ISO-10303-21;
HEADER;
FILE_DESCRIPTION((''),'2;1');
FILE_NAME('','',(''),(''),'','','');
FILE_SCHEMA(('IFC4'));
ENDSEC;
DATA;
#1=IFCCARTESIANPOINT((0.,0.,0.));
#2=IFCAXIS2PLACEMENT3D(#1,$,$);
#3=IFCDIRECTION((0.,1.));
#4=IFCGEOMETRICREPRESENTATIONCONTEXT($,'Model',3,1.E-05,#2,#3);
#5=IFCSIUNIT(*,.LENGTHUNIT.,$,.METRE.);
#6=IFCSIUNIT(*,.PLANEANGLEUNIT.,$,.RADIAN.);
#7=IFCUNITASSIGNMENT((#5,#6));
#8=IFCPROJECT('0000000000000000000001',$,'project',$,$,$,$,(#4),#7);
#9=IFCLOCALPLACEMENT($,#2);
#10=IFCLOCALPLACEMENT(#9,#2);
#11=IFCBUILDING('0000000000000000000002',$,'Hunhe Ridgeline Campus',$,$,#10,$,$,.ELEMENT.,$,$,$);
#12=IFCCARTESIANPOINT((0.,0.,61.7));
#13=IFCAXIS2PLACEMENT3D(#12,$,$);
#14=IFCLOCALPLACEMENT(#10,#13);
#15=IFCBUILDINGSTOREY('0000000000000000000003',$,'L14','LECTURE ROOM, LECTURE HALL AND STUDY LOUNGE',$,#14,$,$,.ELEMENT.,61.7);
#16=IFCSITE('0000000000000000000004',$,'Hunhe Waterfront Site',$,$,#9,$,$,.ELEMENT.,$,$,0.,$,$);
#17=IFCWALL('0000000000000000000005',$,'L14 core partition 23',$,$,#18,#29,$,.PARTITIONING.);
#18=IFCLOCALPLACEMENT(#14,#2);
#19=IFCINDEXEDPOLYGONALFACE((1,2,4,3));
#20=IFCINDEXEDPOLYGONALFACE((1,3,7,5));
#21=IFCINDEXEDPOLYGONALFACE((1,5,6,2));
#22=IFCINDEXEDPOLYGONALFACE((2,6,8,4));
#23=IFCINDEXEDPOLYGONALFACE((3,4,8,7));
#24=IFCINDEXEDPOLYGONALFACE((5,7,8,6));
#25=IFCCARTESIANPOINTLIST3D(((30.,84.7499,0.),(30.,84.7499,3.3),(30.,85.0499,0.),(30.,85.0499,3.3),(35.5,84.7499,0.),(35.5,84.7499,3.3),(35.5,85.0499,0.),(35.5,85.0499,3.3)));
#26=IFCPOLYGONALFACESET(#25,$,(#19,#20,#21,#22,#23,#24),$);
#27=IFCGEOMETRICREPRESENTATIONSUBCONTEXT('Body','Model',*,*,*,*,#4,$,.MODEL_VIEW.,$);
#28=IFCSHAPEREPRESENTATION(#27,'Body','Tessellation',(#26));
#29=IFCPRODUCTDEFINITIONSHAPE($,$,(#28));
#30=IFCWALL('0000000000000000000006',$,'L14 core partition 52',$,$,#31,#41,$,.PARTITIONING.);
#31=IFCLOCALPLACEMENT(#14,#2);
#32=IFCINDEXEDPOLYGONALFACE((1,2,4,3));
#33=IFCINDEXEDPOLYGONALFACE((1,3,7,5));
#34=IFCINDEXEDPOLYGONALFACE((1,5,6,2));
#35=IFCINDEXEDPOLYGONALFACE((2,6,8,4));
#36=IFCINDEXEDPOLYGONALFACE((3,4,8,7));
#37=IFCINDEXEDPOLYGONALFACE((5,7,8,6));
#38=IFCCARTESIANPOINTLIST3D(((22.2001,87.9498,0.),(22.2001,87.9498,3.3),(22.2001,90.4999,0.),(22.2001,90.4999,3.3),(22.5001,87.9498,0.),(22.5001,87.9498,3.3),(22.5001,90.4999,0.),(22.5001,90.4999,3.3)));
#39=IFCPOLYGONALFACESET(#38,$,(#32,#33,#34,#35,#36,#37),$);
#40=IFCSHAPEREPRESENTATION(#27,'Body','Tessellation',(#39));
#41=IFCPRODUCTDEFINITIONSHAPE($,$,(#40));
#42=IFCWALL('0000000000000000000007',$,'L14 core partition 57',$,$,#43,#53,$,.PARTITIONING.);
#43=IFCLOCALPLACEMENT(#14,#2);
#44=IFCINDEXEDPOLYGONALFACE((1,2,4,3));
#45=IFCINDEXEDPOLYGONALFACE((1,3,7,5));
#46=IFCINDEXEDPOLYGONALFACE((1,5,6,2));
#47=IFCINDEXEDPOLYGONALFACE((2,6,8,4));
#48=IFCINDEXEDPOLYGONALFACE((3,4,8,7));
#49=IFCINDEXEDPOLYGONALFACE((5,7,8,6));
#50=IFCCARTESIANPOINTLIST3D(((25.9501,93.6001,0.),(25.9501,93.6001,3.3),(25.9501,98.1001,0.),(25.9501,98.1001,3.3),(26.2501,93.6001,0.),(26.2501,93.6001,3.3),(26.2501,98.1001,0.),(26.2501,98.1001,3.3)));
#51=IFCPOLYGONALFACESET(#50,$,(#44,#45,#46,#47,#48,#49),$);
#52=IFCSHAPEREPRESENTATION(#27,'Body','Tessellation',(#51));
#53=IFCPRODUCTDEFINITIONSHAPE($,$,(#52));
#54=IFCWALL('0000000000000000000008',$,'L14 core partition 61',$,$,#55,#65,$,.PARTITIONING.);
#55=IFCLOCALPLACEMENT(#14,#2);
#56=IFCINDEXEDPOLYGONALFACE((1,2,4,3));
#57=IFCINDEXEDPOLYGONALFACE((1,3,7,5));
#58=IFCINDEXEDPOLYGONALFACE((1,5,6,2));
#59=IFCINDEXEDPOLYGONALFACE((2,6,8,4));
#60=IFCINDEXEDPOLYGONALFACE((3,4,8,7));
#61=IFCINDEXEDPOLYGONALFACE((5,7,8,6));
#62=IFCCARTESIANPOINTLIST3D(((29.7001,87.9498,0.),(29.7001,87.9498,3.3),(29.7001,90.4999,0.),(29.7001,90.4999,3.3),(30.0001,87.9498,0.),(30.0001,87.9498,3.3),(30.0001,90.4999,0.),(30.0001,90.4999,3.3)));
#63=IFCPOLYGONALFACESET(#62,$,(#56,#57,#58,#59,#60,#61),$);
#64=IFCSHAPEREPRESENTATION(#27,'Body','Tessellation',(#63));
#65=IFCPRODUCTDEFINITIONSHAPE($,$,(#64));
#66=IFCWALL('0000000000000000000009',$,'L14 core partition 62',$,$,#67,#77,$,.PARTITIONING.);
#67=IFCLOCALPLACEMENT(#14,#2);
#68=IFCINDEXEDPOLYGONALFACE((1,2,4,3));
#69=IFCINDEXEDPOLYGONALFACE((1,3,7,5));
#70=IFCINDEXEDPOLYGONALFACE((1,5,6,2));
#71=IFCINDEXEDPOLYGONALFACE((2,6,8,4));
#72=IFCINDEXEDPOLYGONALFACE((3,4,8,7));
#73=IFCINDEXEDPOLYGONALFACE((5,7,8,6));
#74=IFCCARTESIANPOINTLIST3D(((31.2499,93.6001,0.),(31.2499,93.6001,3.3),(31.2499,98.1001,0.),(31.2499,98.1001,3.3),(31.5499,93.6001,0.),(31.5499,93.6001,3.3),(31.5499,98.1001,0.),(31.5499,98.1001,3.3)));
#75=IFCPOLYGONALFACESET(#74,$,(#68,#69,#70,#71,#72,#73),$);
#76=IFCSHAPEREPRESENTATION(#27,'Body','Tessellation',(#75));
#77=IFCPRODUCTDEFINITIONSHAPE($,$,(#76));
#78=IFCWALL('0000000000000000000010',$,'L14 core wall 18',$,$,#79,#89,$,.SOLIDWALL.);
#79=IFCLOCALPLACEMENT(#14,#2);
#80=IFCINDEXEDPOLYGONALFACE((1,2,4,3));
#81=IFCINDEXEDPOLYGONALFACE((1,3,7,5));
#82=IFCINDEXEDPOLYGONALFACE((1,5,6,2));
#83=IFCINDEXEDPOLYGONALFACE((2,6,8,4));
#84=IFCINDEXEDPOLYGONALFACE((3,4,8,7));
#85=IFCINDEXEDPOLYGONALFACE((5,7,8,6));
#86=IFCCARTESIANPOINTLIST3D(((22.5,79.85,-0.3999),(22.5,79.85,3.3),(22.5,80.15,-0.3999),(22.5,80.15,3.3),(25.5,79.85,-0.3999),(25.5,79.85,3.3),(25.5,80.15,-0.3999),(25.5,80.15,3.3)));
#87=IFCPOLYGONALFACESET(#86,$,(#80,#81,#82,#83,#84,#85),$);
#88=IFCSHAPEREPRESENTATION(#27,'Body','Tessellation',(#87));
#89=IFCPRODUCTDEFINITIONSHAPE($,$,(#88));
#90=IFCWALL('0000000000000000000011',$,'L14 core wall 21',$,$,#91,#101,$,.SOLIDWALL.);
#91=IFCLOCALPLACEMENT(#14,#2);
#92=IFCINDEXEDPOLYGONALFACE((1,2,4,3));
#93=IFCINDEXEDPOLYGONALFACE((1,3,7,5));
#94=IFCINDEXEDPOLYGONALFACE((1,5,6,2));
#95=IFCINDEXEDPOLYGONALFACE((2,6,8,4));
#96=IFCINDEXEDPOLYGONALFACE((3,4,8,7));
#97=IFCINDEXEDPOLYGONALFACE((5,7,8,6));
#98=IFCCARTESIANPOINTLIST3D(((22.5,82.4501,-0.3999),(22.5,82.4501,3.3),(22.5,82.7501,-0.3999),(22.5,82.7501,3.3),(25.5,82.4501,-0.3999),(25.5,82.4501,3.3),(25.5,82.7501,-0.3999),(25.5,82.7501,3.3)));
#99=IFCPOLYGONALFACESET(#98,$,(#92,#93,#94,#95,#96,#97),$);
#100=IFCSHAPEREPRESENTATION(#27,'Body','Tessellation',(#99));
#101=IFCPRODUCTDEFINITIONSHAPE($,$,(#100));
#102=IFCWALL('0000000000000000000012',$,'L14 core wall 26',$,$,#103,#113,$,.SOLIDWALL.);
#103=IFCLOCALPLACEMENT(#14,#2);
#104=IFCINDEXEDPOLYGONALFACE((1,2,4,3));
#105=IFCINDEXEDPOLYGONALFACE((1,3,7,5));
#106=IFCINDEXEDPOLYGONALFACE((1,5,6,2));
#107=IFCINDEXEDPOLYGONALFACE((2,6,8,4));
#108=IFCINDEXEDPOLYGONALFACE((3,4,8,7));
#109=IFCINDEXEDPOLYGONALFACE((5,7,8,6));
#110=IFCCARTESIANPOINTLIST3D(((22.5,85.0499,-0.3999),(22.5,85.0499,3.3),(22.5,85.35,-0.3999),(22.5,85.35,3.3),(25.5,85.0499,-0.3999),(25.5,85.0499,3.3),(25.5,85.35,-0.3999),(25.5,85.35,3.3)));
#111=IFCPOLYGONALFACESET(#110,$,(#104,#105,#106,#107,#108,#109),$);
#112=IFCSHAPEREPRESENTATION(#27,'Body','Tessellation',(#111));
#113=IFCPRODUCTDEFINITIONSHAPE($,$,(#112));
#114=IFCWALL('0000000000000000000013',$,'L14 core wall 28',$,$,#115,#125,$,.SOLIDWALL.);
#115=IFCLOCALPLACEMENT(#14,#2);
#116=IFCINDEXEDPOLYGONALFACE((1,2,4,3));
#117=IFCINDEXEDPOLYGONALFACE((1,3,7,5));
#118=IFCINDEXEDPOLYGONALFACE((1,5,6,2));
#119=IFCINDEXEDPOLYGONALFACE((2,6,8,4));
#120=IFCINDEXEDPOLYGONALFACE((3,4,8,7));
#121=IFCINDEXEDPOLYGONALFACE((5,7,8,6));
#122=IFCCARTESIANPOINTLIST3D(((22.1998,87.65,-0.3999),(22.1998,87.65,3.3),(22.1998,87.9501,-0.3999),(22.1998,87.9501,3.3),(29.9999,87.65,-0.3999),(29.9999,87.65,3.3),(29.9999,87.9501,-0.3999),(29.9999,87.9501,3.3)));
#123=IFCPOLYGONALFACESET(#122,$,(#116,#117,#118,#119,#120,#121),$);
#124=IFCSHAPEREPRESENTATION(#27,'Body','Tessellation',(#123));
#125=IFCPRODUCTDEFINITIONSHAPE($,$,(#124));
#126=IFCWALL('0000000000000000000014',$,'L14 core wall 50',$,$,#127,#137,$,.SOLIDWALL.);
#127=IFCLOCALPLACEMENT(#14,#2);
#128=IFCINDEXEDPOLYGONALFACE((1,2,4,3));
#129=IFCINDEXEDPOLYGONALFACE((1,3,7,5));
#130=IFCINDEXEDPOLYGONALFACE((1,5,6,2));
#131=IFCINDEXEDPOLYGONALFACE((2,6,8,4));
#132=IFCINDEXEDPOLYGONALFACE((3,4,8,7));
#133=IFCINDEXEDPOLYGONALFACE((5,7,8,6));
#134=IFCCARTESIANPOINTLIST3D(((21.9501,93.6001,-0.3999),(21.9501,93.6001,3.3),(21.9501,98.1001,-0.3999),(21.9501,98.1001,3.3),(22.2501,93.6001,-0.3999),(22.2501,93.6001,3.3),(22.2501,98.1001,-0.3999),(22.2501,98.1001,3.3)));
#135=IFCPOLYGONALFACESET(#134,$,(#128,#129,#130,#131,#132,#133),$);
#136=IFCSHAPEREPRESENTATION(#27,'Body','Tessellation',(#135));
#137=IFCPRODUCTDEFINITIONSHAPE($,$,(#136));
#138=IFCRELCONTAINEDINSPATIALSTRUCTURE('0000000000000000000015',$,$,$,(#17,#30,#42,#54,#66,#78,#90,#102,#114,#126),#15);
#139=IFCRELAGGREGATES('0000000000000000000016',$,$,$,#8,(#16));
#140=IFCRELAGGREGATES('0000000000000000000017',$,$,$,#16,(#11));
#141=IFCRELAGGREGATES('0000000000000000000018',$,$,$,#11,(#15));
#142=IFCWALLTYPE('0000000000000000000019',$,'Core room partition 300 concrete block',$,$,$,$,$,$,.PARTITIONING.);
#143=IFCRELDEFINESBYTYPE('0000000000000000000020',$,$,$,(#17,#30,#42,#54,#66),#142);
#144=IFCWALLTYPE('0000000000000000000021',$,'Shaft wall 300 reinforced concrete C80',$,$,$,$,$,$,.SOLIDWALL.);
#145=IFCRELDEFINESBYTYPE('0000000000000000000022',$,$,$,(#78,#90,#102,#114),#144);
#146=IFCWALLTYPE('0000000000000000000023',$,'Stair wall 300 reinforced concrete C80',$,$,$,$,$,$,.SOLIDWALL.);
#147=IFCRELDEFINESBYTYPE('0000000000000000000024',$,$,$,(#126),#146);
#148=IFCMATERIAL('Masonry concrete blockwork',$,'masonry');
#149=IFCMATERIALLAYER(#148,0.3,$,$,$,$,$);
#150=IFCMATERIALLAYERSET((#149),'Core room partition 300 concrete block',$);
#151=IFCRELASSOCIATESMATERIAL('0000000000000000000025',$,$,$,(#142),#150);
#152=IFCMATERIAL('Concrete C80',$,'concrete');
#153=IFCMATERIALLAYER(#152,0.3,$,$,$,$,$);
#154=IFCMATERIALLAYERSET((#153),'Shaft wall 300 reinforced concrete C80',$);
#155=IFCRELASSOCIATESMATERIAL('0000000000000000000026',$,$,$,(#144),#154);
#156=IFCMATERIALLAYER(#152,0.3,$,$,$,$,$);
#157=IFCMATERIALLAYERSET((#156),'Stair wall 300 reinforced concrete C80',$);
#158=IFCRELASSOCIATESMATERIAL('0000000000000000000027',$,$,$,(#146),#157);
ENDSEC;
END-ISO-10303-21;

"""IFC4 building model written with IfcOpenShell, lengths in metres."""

from ifc_helpers import new_model, si_unit, direction, frame, frame_2d, origin, place, context, subcontext, project, spatial, rectangle, extrude, material, layer, layer_set, type_object, element, save


model = new_model("IFC4")

# Units and contexts
model_context = context("Model", 3, precision=1e-05, world=origin(), true_north=direction((0.0, 1.0)))
body_context = subcontext(model_context, "Body", "Model", "MODEL_VIEW")
ifc_project = project(units=[si_unit("LENGTHUNIT", "METRE"), si_unit("PLANEANGLEUNIT", "RADIAN")], contexts=[model_context])

# Site, building, storey
site_placement = place(None, origin())
site = spatial("IfcSite", under=ifc_project, at=site_placement, Name="Hunhe Waterfront Site", CompositionType="ELEMENT", RefElevation=0.0)
building_placement = place(site_placement, origin())
building = spatial("IfcBuilding", under=site, at=building_placement, Name="Hunhe Ridgeline Campus", CompositionType="ELEMENT")
storey_placement = place(building_placement, frame((0.0, 0.0, 61.7)))
storey = spatial("IfcBuildingStorey", under=building, at=storey_placement, Name="L14", Description="LECTURE ROOM, LECTURE HALL AND STUDY LOUNGE", CompositionType="ELEMENT", Elevation=61.7)

# Walls
ifc_material_1 = material(Name="Masonry concrete blockwork", Category="masonry")
ifc_layer_1 = layer(ifc_material_1, 0.3)
ifc_layer_set_1 = layer_set([ifc_layer_1], Name="Core room partition 300 concrete block")
wall_type_1 = type_object("IfcWallType", Name="Core room partition 300 concrete block", PredefinedType="PARTITIONING", material=ifc_layer_set_1)
wall_1_placement = place(storey_placement, frame((30.0, 84.8999, 0.0), z_axis=(0.0, 0.0, 1.0), x_axis=(1.0, 0.0, 0.0)))
element("IfcWall", 1, at=wall_1_placement, inside=storey, type_object=wall_type_1, Name="L14 core partition 23", PredefinedType="PARTITIONING", context=body_context, shape_type="SweptSolid", body=[
    extrude(rectangle(XDim=5.5, YDim=0.3, at=frame_2d((2.75, 0.0))), origin(), (0.0, 0.0, 1.0), 3.3),
])
wall_2_placement = place(storey_placement, frame((22.3501, 87.95, 0.0), z_axis=(0.0, 0.0, 1.0), x_axis=(0.0, 1.0, 0.0)))
element("IfcWall", 2, at=wall_2_placement, inside=storey, type_object=wall_type_1, Name="L14 core partition 52", PredefinedType="PARTITIONING", context=body_context, shape_type="SweptSolid", body=[
    extrude(rectangle(XDim=2.55, YDim=0.3, at=frame_2d((1.2749, 0.0))), origin(), (0.0, 0.0, 1.0), 3.3),
])
wall_3_placement = place(storey_placement, frame((26.1001, 93.6001, 0.0), z_axis=(0.0, 0.0, 1.0), x_axis=(0.0, 1.0, 0.0)))
element("IfcWall", 3, at=wall_3_placement, inside=storey, type_object=wall_type_1, Name="L14 core partition 57", PredefinedType="PARTITIONING", context=body_context, shape_type="SweptSolid", body=[
    extrude(rectangle(XDim=4.5, YDim=0.3, at=frame_2d((2.25, 0.0))), origin(), (0.0, 0.0, 1.0), 3.3),
])
wall_4_placement = place(storey_placement, frame((29.8501, 87.95, 0.0), z_axis=(0.0, 0.0, 1.0), x_axis=(0.0, 1.0, 0.0)))
element("IfcWall", 4, at=wall_4_placement, inside=storey, type_object=wall_type_1, Name="L14 core partition 61", PredefinedType="PARTITIONING", context=body_context, shape_type="SweptSolid", body=[
    extrude(rectangle(XDim=2.55, YDim=0.3, at=frame_2d((1.2749, 0.0))), origin(), (0.0, 0.0, 1.0), 3.3),
])
wall_5_placement = place(storey_placement, frame((31.3999, 93.6001, 0.0), z_axis=(0.0, 0.0, 1.0), x_axis=(0.0, 1.0, 0.0)))
element("IfcWall", 5, at=wall_5_placement, inside=storey, type_object=wall_type_1, Name="L14 core partition 62", PredefinedType="PARTITIONING", context=body_context, shape_type="SweptSolid", body=[
    extrude(rectangle(XDim=4.5, YDim=0.3, at=frame_2d((2.25, 0.0))), origin(), (0.0, 0.0, 1.0), 3.3),
])
ifc_material_2 = material(Name="Concrete C80", Category="concrete")
ifc_layer_2 = layer(ifc_material_2, 0.3)
ifc_layer_set_2 = layer_set([ifc_layer_2], Name="Shaft wall 300 reinforced concrete C80")
wall_type_2 = type_object("IfcWallType", Name="Shaft wall 300 reinforced concrete C80", PredefinedType="SOLIDWALL", material=ifc_layer_set_2)
for number, where, z_axis, x_axis, name in (
    (6, (22.5, 80.0, -0.3999), (0.0, 0.0, 1.0), (1.0, 0.0, 0.0), "L14 core wall 18"),
    (7, (22.5, 82.6001, -0.3999), (0.0, 0.0, 1.0), (1.0, 0.0, 0.0), "L14 core wall 21"),
    (8, (22.5, 85.2, -0.3999), (0.0, 0.0, 1.0), (1.0, 0.0, 0.0), "L14 core wall 26"),
):
    element("IfcWall", number, at=place(storey_placement, frame(where, z_axis=z_axis, x_axis=x_axis)), inside=storey, type_object=wall_type_2, Name=name, PredefinedType="SOLIDWALL", context=body_context, shape_type="SweptSolid", body=[
        extrude(rectangle(XDim=3.0, YDim=0.3, at=frame_2d((1.5, 0.0))), origin(), (0.0, 0.0, 1.0), 3.7),
    ])
wall_6_placement = place(storey_placement, frame((22.2, 87.8, -0.3999), z_axis=(0.0, 0.0, 1.0), x_axis=(1.0, 0.0, 0.0)))
element("IfcWall", 9, at=wall_6_placement, inside=storey, type_object=wall_type_2, Name="L14 core wall 28", PredefinedType="SOLIDWALL", context=body_context, shape_type="SweptSolid", body=[
    extrude(rectangle(XDim=7.8, YDim=0.3, at=frame_2d((3.8999, 0.0))), origin(), (0.0, 0.0, 1.0), 3.7),
])

# Shared definitions
ifc_layer_3 = layer(ifc_material_2, 0.3)
ifc_layer_set_3 = layer_set([ifc_layer_3], Name="Stair wall 300 reinforced concrete C80")
wall_type_3 = type_object("IfcWallType", Name="Stair wall 300 reinforced concrete C80", PredefinedType="SOLIDWALL", material=ifc_layer_set_3)

# Wall
wall_7_placement = place(storey_placement, frame((22.1001, 93.6001, -0.3999), z_axis=(0.0, 0.0, 1.0), x_axis=(0.0, 1.0, 0.0)))
element("IfcWall", 10, at=wall_7_placement, inside=storey, type_object=wall_type_3, Name="L14 core wall 50", PredefinedType="SOLIDWALL", context=body_context, shape_type="SweptSolid", body=[
    extrude(rectangle(XDim=4.5, YDim=0.3, at=frame_2d((2.25, 0.0))), origin(), (0.0, 0.0, 1.0), 3.7),
])

save(model, "model.ifc")
